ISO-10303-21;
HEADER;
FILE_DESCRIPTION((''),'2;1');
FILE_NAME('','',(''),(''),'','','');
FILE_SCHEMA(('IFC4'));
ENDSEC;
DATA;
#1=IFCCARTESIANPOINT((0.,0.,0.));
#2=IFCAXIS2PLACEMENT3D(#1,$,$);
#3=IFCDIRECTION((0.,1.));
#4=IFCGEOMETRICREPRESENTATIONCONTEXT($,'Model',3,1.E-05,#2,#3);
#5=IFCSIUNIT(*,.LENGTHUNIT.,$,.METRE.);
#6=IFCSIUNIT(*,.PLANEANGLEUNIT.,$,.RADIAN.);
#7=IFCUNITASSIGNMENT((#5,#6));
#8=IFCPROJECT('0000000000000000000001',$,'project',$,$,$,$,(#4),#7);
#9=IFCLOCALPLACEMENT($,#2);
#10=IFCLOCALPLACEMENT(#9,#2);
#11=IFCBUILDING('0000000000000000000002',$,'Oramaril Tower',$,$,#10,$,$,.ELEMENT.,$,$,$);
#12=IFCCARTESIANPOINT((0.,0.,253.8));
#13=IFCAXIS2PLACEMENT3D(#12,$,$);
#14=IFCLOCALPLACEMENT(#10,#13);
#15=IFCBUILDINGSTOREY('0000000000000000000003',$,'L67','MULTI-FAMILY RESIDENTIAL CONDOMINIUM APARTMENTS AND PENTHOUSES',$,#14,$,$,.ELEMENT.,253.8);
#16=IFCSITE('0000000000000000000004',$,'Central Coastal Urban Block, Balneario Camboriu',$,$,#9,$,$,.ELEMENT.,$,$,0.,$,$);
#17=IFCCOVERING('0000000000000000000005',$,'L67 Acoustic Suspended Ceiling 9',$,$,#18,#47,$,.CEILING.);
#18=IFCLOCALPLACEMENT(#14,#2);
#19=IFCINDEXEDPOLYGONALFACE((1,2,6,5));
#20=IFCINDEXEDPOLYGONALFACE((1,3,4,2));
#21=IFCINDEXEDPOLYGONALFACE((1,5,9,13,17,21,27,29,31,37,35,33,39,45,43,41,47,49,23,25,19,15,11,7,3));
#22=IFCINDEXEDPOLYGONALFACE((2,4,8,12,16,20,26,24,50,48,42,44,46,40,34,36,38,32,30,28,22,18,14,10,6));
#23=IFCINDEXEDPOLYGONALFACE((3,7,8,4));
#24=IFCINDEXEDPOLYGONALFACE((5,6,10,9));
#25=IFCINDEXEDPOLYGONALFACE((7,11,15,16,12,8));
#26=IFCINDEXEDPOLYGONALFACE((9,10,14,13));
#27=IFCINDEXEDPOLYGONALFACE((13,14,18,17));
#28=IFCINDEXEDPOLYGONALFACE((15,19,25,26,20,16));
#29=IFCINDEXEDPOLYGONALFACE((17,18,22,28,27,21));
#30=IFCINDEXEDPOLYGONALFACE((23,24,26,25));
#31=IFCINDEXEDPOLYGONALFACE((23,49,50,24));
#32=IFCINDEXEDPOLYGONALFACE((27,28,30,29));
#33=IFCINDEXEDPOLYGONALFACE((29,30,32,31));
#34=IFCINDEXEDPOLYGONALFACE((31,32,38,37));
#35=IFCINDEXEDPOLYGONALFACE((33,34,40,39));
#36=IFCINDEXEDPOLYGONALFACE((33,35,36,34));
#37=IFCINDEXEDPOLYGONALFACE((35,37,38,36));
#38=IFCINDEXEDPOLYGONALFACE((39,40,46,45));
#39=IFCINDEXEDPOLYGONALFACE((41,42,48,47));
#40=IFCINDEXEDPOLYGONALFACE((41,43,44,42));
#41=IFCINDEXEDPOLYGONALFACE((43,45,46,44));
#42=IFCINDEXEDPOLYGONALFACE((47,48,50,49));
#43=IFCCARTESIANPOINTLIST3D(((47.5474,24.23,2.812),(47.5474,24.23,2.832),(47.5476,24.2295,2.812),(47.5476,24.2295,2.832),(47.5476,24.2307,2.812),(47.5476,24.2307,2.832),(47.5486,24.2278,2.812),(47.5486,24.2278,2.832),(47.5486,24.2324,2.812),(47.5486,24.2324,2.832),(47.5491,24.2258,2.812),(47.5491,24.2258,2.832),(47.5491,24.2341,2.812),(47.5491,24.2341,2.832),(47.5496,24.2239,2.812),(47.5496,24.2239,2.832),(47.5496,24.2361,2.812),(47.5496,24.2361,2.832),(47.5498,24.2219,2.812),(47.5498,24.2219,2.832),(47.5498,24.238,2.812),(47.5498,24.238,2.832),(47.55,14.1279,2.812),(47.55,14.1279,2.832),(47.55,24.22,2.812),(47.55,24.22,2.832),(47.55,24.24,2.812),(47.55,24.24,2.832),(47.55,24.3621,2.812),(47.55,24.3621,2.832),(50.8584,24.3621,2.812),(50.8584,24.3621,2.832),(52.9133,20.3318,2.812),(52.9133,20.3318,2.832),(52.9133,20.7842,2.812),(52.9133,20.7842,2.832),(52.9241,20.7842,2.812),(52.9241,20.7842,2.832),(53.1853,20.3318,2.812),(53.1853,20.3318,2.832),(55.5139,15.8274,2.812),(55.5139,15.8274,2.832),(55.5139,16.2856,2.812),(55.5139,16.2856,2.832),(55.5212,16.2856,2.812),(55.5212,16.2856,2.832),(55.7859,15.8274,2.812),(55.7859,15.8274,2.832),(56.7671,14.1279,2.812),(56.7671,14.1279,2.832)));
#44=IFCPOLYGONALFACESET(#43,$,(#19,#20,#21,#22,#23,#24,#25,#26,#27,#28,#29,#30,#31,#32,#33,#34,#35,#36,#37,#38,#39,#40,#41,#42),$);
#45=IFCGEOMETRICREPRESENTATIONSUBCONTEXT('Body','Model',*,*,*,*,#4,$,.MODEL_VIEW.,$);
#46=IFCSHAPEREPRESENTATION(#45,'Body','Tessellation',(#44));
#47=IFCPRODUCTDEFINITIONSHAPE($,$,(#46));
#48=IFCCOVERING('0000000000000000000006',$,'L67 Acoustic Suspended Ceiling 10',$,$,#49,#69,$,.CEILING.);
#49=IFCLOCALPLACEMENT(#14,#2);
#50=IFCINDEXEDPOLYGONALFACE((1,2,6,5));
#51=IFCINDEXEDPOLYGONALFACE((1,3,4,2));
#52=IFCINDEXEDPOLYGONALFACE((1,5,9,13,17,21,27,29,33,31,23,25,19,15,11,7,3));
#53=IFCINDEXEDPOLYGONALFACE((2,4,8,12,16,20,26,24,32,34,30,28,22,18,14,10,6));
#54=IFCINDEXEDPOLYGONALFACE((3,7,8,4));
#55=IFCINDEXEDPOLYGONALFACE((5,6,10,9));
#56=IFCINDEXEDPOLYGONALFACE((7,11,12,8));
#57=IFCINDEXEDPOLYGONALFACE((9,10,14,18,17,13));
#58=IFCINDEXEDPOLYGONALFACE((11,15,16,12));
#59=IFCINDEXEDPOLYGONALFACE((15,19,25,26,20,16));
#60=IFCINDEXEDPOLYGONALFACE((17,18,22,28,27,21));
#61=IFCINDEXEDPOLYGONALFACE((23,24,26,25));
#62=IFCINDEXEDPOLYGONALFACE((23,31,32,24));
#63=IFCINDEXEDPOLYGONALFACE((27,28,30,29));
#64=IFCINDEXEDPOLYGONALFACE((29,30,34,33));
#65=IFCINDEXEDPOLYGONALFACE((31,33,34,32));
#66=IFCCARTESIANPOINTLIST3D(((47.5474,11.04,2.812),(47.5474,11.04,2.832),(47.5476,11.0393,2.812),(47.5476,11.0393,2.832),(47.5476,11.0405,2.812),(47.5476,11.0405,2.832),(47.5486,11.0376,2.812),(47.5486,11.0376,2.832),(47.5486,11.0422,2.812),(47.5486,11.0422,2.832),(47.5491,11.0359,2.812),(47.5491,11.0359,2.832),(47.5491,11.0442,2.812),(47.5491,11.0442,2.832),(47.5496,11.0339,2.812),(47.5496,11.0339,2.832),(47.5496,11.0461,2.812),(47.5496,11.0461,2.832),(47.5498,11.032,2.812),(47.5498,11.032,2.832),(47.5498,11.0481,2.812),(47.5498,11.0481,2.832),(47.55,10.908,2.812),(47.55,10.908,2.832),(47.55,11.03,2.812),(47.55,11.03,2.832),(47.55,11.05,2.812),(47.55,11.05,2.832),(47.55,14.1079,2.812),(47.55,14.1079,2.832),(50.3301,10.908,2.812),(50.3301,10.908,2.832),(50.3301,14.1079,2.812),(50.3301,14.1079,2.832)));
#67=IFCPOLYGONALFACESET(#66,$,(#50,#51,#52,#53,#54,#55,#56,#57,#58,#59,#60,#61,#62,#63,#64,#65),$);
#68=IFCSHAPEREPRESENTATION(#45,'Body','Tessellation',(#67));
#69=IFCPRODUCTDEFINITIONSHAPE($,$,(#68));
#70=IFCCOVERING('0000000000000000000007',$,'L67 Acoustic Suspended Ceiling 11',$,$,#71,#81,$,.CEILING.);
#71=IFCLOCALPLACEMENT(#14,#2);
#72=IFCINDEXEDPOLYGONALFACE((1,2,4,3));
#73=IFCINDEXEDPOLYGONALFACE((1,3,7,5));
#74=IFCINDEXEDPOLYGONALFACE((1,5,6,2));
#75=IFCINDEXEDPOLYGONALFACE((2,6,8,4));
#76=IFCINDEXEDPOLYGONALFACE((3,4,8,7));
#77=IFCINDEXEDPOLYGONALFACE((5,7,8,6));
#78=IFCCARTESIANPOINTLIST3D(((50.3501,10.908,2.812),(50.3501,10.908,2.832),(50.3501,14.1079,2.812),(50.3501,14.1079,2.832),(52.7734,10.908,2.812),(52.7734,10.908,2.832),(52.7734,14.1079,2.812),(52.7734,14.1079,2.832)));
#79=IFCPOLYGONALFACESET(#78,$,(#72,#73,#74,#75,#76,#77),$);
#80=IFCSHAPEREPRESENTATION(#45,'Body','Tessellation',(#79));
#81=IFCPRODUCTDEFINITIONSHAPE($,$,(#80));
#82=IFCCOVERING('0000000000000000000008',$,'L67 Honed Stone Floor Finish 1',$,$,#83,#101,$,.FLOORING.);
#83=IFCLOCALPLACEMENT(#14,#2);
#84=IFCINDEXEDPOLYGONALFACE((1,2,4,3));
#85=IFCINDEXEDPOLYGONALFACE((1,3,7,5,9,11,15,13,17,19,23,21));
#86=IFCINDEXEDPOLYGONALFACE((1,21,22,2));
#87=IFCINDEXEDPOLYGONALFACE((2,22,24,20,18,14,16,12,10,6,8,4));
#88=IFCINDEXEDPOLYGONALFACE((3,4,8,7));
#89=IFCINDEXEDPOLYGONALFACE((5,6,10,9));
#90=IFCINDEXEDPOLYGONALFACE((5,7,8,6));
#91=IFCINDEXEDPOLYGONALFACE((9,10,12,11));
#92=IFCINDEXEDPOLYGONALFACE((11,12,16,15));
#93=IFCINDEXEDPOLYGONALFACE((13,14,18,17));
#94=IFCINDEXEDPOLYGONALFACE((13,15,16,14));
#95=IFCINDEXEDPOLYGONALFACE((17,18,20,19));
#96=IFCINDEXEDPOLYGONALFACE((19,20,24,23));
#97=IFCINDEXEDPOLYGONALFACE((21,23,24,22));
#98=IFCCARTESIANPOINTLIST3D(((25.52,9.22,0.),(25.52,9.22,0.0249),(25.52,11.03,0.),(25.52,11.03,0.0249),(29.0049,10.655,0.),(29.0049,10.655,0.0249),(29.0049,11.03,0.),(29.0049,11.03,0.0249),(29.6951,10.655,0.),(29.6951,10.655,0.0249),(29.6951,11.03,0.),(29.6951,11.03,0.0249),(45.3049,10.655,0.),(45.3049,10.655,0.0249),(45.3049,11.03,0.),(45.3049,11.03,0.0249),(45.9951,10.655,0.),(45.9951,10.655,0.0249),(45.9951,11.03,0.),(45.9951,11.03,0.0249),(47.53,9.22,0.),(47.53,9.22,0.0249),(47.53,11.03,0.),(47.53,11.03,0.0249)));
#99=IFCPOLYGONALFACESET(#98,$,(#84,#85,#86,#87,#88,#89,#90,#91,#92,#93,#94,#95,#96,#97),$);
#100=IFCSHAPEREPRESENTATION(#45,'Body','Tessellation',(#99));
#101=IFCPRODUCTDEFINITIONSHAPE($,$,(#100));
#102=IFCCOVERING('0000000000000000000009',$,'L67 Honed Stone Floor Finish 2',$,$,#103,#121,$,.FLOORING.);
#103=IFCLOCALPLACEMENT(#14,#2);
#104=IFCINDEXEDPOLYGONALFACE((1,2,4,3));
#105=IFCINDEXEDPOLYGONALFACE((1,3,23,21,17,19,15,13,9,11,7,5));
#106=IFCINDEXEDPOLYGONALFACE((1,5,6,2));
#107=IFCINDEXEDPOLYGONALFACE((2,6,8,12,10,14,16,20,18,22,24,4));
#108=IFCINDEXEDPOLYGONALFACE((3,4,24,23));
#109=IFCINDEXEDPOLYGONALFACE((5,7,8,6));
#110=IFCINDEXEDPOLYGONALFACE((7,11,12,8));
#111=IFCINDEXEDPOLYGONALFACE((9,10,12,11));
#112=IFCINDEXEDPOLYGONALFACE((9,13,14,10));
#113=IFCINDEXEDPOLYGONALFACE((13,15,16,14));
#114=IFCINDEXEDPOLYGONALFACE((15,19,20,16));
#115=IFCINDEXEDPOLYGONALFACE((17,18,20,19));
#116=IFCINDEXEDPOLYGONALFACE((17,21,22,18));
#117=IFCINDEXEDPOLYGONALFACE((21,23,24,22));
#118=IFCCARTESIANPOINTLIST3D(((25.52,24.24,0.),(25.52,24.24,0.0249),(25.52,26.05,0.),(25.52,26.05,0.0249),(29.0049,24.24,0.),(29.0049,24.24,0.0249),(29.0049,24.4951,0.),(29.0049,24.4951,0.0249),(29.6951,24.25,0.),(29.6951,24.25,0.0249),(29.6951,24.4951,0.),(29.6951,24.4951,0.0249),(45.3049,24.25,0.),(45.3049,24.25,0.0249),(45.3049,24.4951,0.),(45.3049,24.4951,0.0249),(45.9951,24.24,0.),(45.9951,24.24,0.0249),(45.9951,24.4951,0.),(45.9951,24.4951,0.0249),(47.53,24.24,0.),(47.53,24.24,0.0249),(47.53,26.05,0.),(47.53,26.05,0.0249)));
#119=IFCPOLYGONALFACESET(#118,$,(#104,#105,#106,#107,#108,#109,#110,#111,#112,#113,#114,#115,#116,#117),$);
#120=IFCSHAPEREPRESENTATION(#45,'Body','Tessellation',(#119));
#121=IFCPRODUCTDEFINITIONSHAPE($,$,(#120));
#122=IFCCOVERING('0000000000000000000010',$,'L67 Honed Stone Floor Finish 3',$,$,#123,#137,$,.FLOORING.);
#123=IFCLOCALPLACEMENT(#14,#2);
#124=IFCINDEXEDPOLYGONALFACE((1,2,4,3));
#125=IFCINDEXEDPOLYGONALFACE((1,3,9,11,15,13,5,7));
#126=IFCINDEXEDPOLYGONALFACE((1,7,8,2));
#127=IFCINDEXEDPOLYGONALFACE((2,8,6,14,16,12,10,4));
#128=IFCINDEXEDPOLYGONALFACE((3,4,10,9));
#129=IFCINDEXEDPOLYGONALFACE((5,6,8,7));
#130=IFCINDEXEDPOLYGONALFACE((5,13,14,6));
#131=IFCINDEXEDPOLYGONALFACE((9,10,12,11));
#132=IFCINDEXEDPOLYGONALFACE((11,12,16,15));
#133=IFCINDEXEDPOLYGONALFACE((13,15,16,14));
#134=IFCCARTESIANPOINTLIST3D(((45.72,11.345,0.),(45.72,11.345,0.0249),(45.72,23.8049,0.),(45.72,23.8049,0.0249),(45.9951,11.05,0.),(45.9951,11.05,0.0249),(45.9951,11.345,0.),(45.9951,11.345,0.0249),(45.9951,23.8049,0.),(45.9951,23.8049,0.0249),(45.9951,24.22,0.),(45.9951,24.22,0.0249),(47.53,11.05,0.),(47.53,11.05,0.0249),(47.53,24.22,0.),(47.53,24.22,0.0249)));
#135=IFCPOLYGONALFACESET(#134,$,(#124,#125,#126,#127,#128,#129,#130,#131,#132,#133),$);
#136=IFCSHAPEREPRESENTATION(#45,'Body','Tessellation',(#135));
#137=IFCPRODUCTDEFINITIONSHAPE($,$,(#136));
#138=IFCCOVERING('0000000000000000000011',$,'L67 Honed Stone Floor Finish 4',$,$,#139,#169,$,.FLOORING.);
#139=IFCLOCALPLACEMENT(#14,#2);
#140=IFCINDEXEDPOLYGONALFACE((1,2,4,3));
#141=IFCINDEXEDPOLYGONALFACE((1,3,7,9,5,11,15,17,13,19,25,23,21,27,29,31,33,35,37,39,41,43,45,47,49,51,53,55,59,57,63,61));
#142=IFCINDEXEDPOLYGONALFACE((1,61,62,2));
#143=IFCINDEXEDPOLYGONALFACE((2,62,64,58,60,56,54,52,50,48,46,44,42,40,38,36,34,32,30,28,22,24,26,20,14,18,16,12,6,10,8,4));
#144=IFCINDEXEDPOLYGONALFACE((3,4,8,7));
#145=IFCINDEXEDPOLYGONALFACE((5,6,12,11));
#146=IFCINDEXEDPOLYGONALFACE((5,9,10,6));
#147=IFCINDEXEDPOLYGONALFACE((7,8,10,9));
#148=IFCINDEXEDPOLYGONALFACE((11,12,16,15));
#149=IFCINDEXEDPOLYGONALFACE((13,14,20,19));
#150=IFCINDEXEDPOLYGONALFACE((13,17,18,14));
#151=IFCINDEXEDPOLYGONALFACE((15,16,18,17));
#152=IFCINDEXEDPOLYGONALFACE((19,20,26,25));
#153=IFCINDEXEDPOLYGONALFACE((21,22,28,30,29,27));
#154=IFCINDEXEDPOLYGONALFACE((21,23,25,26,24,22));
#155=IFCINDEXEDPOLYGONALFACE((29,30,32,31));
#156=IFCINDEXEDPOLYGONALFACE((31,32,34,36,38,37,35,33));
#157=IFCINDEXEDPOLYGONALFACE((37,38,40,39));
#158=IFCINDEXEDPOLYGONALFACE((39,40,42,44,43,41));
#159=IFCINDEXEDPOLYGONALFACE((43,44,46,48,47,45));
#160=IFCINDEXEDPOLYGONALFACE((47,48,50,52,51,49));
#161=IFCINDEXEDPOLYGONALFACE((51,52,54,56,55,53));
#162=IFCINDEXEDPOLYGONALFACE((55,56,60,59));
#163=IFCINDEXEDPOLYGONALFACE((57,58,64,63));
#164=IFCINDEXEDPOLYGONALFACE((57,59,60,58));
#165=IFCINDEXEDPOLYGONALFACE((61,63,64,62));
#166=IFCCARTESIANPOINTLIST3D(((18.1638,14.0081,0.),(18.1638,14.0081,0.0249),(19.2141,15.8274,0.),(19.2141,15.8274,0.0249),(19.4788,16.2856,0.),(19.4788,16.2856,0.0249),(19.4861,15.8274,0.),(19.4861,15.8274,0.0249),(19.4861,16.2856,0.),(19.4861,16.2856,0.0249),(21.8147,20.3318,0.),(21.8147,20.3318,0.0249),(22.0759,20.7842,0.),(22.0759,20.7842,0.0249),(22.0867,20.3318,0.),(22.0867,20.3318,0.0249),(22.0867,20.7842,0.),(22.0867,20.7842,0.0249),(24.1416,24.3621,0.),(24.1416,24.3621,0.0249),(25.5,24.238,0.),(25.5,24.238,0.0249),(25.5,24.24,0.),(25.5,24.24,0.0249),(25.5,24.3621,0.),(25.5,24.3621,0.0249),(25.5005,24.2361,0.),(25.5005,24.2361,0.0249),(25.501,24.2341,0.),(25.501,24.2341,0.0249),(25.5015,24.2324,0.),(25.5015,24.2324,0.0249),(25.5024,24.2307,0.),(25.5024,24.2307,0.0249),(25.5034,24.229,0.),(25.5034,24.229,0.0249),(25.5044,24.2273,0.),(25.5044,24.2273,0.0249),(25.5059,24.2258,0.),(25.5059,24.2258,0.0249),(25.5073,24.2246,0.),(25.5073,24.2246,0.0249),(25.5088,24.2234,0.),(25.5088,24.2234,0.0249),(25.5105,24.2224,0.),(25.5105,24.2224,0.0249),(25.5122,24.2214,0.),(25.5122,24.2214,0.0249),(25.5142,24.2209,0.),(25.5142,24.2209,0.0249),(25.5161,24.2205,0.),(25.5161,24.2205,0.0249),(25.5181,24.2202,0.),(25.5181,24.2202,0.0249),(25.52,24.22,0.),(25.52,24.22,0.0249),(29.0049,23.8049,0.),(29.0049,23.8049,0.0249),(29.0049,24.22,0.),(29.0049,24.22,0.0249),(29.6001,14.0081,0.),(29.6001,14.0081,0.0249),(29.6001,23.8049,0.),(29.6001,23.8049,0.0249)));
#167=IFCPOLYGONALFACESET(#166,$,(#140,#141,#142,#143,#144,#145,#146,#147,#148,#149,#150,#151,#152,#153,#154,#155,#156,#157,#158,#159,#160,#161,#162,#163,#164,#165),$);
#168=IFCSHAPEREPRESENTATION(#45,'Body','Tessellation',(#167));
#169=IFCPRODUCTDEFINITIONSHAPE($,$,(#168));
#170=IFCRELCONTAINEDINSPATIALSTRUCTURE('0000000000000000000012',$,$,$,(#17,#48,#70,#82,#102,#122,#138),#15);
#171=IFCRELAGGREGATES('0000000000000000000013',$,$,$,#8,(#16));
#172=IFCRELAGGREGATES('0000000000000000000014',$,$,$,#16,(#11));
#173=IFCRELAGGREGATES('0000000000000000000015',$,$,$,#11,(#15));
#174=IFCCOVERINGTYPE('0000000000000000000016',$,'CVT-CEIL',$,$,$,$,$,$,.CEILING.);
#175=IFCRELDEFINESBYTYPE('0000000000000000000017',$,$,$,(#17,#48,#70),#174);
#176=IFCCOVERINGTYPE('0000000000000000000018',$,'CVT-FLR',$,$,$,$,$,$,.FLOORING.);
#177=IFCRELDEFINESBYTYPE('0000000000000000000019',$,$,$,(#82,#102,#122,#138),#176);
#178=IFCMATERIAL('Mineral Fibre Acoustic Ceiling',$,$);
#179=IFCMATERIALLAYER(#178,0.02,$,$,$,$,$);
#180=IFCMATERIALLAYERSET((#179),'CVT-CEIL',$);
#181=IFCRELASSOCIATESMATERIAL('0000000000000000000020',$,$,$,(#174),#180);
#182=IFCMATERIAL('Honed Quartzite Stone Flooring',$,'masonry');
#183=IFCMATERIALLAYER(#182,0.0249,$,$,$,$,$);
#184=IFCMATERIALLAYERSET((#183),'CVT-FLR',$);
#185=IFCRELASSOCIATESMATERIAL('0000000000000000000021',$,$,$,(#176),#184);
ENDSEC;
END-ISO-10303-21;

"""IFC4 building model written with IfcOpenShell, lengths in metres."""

from ifc_helpers import new_model, si_unit, direction, frame, origin, place, context, subcontext, project, spatial, polyline, outline, extrude, material, layer, layer_set, type_object, element, save


model = new_model("IFC4")

# Units and contexts
model_context = context("Model", 3, precision=1e-05, world=origin(), true_north=direction((0.0, 1.0)))
body_context = subcontext(model_context, "Body", "Model", "MODEL_VIEW")
ifc_project = project(units=[si_unit("LENGTHUNIT", "METRE"), si_unit("PLANEANGLEUNIT", "RADIAN")], contexts=[model_context])

# Site, building, storey
site_placement = place(None, origin())
site = spatial("IfcSite", under=ifc_project, at=site_placement, Name="Central Coastal Urban Block, Balneario Camboriu", CompositionType="ELEMENT", RefElevation=0.0)
building_placement = place(site_placement, origin())
building = spatial("IfcBuilding", under=site, at=building_placement, Name="Oramaril Tower", CompositionType="ELEMENT")
storey_placement = place(building_placement, frame((0.0, 0.0, 253.8)))
storey = spatial("IfcBuildingStorey", under=building, at=storey_placement, Name="L67", Description="MULTI-FAMILY RESIDENTIAL CONDOMINIUM APARTMENTS AND PENTHOUSES", CompositionType="ELEMENT", Elevation=253.8)

# Coverings
ifc_material_1 = material(Name="Mineral Fibre Acoustic Ceiling")
ifc_layer_1 = layer(ifc_material_1, 0.02)
ifc_layer_set_1 = layer_set([ifc_layer_1], Name="CVT-CEIL")
covering_type_1 = type_object("IfcCoveringType", Name="CVT-CEIL", PredefinedType="CEILING", material=ifc_layer_set_1)
covering_1_placement = place(storey_placement, frame((0.0, 0.0, 2.812)))
element("IfcCovering", 1, at=covering_1_placement, inside=storey, type_object=covering_type_1, Name="L67 Acoustic Suspended Ceiling 9", PredefinedType="CEILING", context=body_context, shape_type="SweptSolid", body=[
    extrude(outline(polyline([(52.9241, 20.7842), (52.9133, 20.7842), (52.9133, 20.3318), (53.1853, 20.3318), (55.5212, 16.2856), (55.5139, 16.2856), (55.5139, 15.8274), (55.7859, 15.8274), (56.7671, 14.1279), (47.55, 14.1279), (47.55, 24.22), (47.5498, 24.2219), (47.5496, 24.2239), (47.5491, 24.2258), (47.5486, 24.2278), (47.5476, 24.2295), (47.5474, 24.23), (47.5476, 24.2307), (47.5486, 24.2324), (47.5491, 24.2341), (47.5496, 24.2361), (47.5498, 24.238), (47.55, 24.24), (47.55, 24.3621), (50.8584, 24.3621), (52.9241, 20.7842)])), origin(), (0.0, 0.0, 1.0), 0.02),
])
covering_2_placement = place(storey_placement, frame((0.0, 0.0, 2.812)))
element("IfcCovering", 2, at=covering_2_placement, inside=storey, type_object=covering_type_1, Name="L67 Acoustic Suspended Ceiling 10", PredefinedType="CEILING", context=body_context, shape_type="SweptSolid", body=[
    extrude(outline(polyline([(50.3301, 10.908), (47.55, 10.908), (47.55, 11.03), (47.5498, 11.032), (47.5496, 11.0339), (47.5491, 11.0359), (47.5486, 11.0376), (47.5476, 11.0393), (47.5474, 11.04), (47.5476, 11.0405), (47.5486, 11.0422), (47.5491, 11.0442), (47.5496, 11.0461), (47.5498, 11.0481), (47.55, 11.05), (47.55, 14.1079), (50.3301, 14.1079), (50.3301, 10.908)])), origin(), (0.0, 0.0, 1.0), 0.02),
])
covering_3_placement = place(storey_placement, frame((0.0, 0.0, 2.812)))
element("IfcCovering", 3, at=covering_3_placement, inside=storey, type_object=covering_type_1, Name="L67 Acoustic Suspended Ceiling 11", PredefinedType="CEILING", context=body_context, shape_type="SweptSolid", body=[
    extrude(outline(polyline([(50.3501, 10.908), (50.3501, 14.1079), (52.7734, 14.1079), (52.7734, 10.908), (50.3501, 10.908)])), origin(), (0.0, 0.0, 1.0), 0.02),
])
ifc_material_2 = material(Name="Honed Quartzite Stone Flooring", Category="masonry")
ifc_layer_2 = layer(ifc_material_2, 0.0249)
ifc_layer_set_2 = layer_set([ifc_layer_2], Name="CVT-FLR")
covering_type_2 = type_object("IfcCoveringType", Name="CVT-FLR", PredefinedType="FLOORING", material=ifc_layer_set_2)
covering_4_placement = place(storey_placement, origin())
element("IfcCovering", 4, at=covering_4_placement, inside=storey, type_object=covering_type_2, Name="L67 Honed Stone Floor Finish 1", PredefinedType="FLOORING", context=body_context, shape_type="SweptSolid", body=[
    extrude(outline(polyline([(29.0049, 10.655), (29.6951, 10.655), (29.6951, 11.03), (45.3049, 11.03), (45.3049, 10.655), (45.9951, 10.655), (45.9951, 11.03), (47.53, 11.03), (47.53, 9.22), (25.52, 9.22), (25.52, 11.03), (29.0049, 11.03), (29.0049, 10.655)])), origin(), (0.0, 0.0, 1.0), 0.0249),
])
covering_5_placement = place(storey_placement, origin())
element("IfcCovering", 5, at=covering_5_placement, inside=storey, type_object=covering_type_2, Name="L67 Honed Stone Floor Finish 2", PredefinedType="FLOORING", context=body_context, shape_type="SweptSolid", body=[
    extrude(outline(polyline([(47.53, 24.24), (45.9951, 24.24), (45.9951, 24.4951), (45.3049, 24.4951), (45.3049, 24.25), (29.6951, 24.25), (29.6951, 24.4951), (29.0049, 24.4951), (29.0049, 24.24), (25.52, 24.24), (25.52, 26.05), (47.53, 26.05), (47.53, 24.24)])), origin(), (0.0, 0.0, 1.0), 0.0249),
])
covering_6_placement = place(storey_placement, origin())
element("IfcCovering", 6, at=covering_6_placement, inside=storey, type_object=covering_type_2, Name="L67 Honed Stone Floor Finish 3", PredefinedType="FLOORING", context=body_context, shape_type="SweptSolid", body=[
    extrude(outline(polyline([(47.53, 11.05), (45.9951, 11.05), (45.9951, 11.345), (45.72, 11.345), (45.72, 23.8049), (45.9951, 23.8049), (45.9951, 24.22), (47.53, 24.22), (47.53, 11.05)])), origin(), (0.0, 0.0, 1.0), 0.0249),
])
covering_7_placement = place(storey_placement, origin())
element("IfcCovering", 7, at=covering_7_placement, inside=storey, type_object=covering_type_2, Name="L67 Honed Stone Floor Finish 4", PredefinedType="FLOORING", context=body_context, shape_type="SweptSolid", body=[
    extrude(outline(polyline([(19.2141, 15.8274), (19.4861, 15.8274), (19.4861, 16.2856), (19.4788, 16.2856), (21.8147, 20.3318), (22.0867, 20.3318), (22.0867, 20.7842), (22.0759, 20.7842), (24.1416, 24.3621), (25.5, 24.3621), (25.5, 24.24), (25.5, 24.238), (25.5005, 24.2361), (25.501, 24.2341), (25.5015, 24.2324), (25.5024, 24.2307), (25.5034, 24.229), (25.5044, 24.2273), (25.5059, 24.2258), (25.5073, 24.2246), (25.5088, 24.2234), (25.5105, 24.2224), (25.5122, 24.2214), (25.5142, 24.2209), (25.5161, 24.2205), (25.5181, 24.2202), (25.52, 24.22), (29.0049, 24.22), (29.0049, 23.8049), (29.6001, 23.8049), (29.6001, 14.0081), (18.1638, 14.0081), (19.2141, 15.8274)])), origin(), (0.0, 0.0, 1.0), 0.0249),
])

save(model, "model.ifc")
